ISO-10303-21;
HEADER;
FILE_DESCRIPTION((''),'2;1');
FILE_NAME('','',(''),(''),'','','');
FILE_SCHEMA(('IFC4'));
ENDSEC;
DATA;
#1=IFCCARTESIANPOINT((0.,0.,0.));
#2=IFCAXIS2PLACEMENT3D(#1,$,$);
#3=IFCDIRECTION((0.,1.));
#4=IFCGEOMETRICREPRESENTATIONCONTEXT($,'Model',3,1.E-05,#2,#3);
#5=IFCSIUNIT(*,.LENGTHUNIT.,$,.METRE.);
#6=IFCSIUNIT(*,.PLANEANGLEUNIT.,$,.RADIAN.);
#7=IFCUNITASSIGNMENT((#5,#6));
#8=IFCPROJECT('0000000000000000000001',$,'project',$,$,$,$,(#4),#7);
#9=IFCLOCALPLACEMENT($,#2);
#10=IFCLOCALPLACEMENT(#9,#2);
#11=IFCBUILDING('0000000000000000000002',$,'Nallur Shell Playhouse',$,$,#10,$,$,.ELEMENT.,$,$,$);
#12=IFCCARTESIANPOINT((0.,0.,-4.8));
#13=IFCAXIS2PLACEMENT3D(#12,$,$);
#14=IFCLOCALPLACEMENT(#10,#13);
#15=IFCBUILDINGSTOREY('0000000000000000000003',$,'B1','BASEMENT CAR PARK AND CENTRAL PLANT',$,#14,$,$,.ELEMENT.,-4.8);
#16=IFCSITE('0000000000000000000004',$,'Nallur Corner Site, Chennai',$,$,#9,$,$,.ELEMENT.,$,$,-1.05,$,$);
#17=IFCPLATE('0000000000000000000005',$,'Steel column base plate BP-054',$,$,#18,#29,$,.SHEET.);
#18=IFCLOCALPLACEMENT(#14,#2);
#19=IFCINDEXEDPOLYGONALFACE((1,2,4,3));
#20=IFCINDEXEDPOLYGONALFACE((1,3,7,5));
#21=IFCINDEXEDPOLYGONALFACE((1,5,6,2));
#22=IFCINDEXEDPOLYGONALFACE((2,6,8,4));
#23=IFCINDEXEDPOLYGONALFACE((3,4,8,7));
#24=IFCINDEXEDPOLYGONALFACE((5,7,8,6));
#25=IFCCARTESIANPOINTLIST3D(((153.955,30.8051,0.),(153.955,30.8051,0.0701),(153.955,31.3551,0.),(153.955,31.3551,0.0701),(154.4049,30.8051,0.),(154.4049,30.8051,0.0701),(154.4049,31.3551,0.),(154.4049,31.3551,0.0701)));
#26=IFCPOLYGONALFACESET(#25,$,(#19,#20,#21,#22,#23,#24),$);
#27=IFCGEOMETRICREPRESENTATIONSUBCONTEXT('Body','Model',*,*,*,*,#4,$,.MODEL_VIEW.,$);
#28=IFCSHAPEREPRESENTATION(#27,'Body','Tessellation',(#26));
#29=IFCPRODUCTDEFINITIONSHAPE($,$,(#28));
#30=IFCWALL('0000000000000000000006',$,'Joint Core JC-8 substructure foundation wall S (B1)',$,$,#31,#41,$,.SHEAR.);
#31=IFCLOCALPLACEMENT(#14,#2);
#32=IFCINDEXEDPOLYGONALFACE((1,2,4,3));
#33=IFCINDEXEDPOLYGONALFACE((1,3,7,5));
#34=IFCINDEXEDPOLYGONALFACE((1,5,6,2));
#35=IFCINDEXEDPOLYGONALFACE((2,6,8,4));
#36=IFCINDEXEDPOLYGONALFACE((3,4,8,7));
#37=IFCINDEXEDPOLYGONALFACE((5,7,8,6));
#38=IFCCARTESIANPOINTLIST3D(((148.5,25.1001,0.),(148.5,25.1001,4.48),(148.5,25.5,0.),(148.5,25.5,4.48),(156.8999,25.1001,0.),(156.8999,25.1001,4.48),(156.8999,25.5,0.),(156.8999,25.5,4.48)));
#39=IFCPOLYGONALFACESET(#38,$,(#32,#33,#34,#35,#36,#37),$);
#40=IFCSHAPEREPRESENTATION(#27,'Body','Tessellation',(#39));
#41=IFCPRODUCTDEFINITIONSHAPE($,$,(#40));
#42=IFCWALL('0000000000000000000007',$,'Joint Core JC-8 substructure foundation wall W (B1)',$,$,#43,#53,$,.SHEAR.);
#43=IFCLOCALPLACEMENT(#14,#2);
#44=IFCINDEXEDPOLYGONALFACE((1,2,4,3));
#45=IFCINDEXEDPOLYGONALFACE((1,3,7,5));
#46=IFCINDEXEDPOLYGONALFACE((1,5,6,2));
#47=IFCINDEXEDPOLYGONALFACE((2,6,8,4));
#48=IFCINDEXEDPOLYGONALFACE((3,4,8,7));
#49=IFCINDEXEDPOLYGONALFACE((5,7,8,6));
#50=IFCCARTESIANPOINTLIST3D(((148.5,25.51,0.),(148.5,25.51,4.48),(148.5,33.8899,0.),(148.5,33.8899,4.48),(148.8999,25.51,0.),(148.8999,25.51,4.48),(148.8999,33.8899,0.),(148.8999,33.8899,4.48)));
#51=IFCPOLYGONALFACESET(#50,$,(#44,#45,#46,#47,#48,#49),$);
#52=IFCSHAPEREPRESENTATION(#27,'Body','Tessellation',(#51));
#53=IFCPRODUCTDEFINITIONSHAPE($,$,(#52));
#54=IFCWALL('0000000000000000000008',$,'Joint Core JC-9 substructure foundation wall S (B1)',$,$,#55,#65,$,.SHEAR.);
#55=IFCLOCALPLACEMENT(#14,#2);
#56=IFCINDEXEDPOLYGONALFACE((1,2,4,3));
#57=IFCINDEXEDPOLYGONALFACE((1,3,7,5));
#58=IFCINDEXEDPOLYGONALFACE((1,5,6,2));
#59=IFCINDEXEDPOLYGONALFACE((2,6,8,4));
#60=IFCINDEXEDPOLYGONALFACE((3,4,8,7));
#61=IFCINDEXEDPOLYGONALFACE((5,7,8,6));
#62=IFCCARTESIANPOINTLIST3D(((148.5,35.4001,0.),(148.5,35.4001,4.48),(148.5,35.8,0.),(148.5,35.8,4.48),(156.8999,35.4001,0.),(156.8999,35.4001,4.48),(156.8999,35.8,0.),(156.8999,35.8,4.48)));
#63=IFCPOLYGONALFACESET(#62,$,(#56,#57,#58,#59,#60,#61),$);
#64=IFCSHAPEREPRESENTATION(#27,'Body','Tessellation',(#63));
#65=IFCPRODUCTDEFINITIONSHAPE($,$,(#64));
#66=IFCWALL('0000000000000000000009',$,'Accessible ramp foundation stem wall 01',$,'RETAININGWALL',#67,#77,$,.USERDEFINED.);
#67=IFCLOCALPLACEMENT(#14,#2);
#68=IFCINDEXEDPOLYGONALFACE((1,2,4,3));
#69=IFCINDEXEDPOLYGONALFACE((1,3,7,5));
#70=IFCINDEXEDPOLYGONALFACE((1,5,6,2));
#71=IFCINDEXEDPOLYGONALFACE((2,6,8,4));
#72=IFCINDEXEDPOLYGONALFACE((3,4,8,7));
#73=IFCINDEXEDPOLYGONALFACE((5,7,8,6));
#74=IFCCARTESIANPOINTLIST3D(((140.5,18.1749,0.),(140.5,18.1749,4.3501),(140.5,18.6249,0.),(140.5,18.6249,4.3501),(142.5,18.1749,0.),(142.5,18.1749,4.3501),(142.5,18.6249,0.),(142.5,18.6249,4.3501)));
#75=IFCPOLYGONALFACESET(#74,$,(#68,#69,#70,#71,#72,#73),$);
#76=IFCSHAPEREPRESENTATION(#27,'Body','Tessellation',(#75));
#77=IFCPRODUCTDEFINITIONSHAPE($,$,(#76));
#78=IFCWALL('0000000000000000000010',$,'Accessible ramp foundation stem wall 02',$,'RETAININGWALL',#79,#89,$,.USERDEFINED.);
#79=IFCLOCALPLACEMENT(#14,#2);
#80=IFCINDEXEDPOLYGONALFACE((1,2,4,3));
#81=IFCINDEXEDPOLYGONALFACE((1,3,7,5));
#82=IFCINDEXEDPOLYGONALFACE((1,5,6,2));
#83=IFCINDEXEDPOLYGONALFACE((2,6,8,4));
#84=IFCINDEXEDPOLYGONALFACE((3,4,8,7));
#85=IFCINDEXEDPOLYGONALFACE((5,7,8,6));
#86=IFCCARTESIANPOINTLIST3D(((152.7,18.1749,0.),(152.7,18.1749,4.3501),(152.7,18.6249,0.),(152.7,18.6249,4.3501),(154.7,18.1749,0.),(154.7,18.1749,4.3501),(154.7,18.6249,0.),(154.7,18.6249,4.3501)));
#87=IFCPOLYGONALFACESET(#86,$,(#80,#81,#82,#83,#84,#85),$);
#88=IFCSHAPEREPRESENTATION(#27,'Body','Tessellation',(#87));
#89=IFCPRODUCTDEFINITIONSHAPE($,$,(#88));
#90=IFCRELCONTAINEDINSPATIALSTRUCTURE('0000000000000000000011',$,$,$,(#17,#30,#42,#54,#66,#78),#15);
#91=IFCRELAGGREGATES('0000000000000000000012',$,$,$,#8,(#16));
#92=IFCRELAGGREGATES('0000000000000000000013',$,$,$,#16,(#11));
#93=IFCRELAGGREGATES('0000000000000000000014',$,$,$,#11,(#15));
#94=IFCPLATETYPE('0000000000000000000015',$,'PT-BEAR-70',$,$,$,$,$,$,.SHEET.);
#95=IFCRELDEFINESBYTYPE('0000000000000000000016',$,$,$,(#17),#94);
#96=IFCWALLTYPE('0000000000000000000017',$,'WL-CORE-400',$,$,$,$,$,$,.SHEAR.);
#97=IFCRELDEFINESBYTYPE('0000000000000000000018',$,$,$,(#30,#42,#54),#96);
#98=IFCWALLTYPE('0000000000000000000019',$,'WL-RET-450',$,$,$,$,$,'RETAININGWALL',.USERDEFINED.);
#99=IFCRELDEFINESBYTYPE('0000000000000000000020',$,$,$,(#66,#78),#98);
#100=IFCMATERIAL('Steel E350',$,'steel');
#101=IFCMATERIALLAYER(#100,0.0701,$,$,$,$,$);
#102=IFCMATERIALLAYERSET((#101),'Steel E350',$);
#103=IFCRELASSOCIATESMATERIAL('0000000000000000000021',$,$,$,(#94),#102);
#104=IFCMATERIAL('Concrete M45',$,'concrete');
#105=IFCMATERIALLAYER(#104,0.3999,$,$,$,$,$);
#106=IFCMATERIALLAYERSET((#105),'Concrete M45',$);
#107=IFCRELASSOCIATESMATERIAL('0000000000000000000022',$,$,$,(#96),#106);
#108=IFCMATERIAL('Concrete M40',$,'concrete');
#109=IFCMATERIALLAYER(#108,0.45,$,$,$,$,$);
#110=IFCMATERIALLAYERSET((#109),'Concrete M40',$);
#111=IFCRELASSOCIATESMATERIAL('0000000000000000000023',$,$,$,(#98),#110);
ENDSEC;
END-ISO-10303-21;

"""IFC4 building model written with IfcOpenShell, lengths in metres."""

from ifc_helpers import new_model, si_unit, direction, frame, frame_2d, origin, origin_2d, place, context, subcontext, project, spatial, rectangle, extrude, material, layer, layer_set, type_object, element, save


model = new_model("IFC4")

# Units and contexts
model_context = context("Model", 3, precision=1e-05, world=origin(), true_north=direction((0.0, 1.0)))
body_context = subcontext(model_context, "Body", "Model", "MODEL_VIEW")
ifc_project = project(units=[si_unit("LENGTHUNIT", "METRE"), si_unit("PLANEANGLEUNIT", "RADIAN")], contexts=[model_context])

# Site, building, storey
site_placement = place(None, origin())
site = spatial("IfcSite", under=ifc_project, at=site_placement, Name="Nallur Corner Site, Chennai", CompositionType="ELEMENT", RefElevation=-1.05)
building_placement = place(site_placement, origin())
building = spatial("IfcBuilding", under=site, at=building_placement, Name="Nallur Shell Playhouse", CompositionType="ELEMENT")
storey_placement = place(building_placement, frame((0.0, 0.0, -4.8)))
storey = spatial("IfcBuildingStorey", under=building, at=storey_placement, Name="B1", Description="BASEMENT CAR PARK AND CENTRAL PLANT", CompositionType="ELEMENT", Elevation=-4.8)

# Shared definitions
ifc_material_1 = material(Name="Concrete M40", Category="concrete")
ifc_material_2 = material(Name="Steel E350", Category="steel")

# Plate
ifc_layer_1 = layer(ifc_material_2, 0.0701)
ifc_layer_set_1 = layer_set([ifc_layer_1], Name="Steel E350")
plate_type_1 = type_object("IfcPlateType", Name="PT-BEAR-70", PredefinedType="SHEET", material=ifc_layer_set_1)
plate_1_placement = place(storey_placement, frame((154.1799, 31.0801, 0.0), z_axis=(0.0, 0.0, 1.0), x_axis=(1.0, 0.0, 0.0)))
element("IfcPlate", 1, at=plate_1_placement, inside=storey, type_object=plate_type_1, Name="Steel column base plate BP-054", PredefinedType="SHEET", context=body_context, shape_type="SweptSolid", body=[
    extrude(rectangle(XDim=0.45, YDim=0.55, at=origin_2d()), origin(), (0.0, 0.0, 1.0), 0.0701),
])

# Walls
ifc_material_3 = material(Name="Concrete M45", Category="concrete")
ifc_layer_2 = layer(ifc_material_3, 0.3999)
ifc_layer_set_2 = layer_set([ifc_layer_2], Name="Concrete M45")
wall_type_1 = type_object("IfcWallType", Name="WL-CORE-400", PredefinedType="SHEAR", material=ifc_layer_set_2)
wall_1_placement = place(storey_placement, frame((148.5, 25.3, 0.0), z_axis=(0.0, 0.0, 1.0), x_axis=(1.0, 0.0, 0.0)))
element("IfcWall", 2, at=wall_1_placement, inside=storey, type_object=wall_type_1, Name="Joint Core JC-8 substructure foundation wall S (B1)", PredefinedType="SHEAR", context=body_context, shape_type="SweptSolid", body=[
    extrude(rectangle(XDim=8.3999, YDim=0.3999, at=frame_2d((4.2, 0.0))), origin(), (0.0, 0.0, 1.0), 4.48),
])
wall_2_placement = place(storey_placement, frame((148.7, 33.8899, 0.0), z_axis=(0.0, 0.0, 1.0), x_axis=(0.0, -1.0, 0.0)))
element("IfcWall", 3, at=wall_2_placement, inside=storey, type_object=wall_type_1, Name="Joint Core JC-8 substructure foundation wall W (B1)", PredefinedType="SHEAR", context=body_context, shape_type="SweptSolid", body=[
    extrude(rectangle(XDim=8.3799, YDim=0.3999, at=frame_2d((4.1899, 0.0))), origin(), (0.0, 0.0, 1.0), 4.48),
])
wall_3_placement = place(storey_placement, frame((148.5, 35.6001, 0.0), z_axis=(0.0, 0.0, 1.0), x_axis=(1.0, 0.0, 0.0)))
element("IfcWall", 4, at=wall_3_placement, inside=storey, type_object=wall_type_1, Name="Joint Core JC-9 substructure foundation wall S (B1)", PredefinedType="SHEAR", context=body_context, shape_type="SweptSolid", body=[
    extrude(rectangle(XDim=8.3999, YDim=0.3999, at=frame_2d((4.2, 0.0))), origin(), (0.0, 0.0, 1.0), 4.48),
])
ifc_layer_3 = layer(ifc_material_1, 0.45)
ifc_layer_set_3 = layer_set([ifc_layer_3], Name="Concrete M40")
wall_type_2 = type_object("IfcWallType", Name="WL-RET-450", ElementType="RETAININGWALL", PredefinedType="USERDEFINED", material=ifc_layer_set_3)
for number, where, z_axis, x_axis, name in (
    (5, (140.5, 18.3999, 0.0), (0.0, 0.0, 1.0), (1.0, 0.0, 0.0), "Accessible ramp foundation stem wall 01"),
    (6, (152.7, 18.3999, 0.0), (0.0, 0.0, 1.0), (1.0, 0.0, 0.0), "Accessible ramp foundation stem wall 02"),
):
    element("IfcWall", number, at=place(storey_placement, frame(where, z_axis=z_axis, x_axis=x_axis)), inside=storey, type_object=wall_type_2, Name=name, ObjectType="RETAININGWALL", PredefinedType="USERDEFINED", context=body_context, shape_type="SweptSolid", body=[
        extrude(rectangle(XDim=2.0, YDim=0.45, at=frame_2d((1.0, 0.0))), origin(), (0.0, 0.0, 1.0), 4.3501),
    ])

save(model, "model.ifc")
